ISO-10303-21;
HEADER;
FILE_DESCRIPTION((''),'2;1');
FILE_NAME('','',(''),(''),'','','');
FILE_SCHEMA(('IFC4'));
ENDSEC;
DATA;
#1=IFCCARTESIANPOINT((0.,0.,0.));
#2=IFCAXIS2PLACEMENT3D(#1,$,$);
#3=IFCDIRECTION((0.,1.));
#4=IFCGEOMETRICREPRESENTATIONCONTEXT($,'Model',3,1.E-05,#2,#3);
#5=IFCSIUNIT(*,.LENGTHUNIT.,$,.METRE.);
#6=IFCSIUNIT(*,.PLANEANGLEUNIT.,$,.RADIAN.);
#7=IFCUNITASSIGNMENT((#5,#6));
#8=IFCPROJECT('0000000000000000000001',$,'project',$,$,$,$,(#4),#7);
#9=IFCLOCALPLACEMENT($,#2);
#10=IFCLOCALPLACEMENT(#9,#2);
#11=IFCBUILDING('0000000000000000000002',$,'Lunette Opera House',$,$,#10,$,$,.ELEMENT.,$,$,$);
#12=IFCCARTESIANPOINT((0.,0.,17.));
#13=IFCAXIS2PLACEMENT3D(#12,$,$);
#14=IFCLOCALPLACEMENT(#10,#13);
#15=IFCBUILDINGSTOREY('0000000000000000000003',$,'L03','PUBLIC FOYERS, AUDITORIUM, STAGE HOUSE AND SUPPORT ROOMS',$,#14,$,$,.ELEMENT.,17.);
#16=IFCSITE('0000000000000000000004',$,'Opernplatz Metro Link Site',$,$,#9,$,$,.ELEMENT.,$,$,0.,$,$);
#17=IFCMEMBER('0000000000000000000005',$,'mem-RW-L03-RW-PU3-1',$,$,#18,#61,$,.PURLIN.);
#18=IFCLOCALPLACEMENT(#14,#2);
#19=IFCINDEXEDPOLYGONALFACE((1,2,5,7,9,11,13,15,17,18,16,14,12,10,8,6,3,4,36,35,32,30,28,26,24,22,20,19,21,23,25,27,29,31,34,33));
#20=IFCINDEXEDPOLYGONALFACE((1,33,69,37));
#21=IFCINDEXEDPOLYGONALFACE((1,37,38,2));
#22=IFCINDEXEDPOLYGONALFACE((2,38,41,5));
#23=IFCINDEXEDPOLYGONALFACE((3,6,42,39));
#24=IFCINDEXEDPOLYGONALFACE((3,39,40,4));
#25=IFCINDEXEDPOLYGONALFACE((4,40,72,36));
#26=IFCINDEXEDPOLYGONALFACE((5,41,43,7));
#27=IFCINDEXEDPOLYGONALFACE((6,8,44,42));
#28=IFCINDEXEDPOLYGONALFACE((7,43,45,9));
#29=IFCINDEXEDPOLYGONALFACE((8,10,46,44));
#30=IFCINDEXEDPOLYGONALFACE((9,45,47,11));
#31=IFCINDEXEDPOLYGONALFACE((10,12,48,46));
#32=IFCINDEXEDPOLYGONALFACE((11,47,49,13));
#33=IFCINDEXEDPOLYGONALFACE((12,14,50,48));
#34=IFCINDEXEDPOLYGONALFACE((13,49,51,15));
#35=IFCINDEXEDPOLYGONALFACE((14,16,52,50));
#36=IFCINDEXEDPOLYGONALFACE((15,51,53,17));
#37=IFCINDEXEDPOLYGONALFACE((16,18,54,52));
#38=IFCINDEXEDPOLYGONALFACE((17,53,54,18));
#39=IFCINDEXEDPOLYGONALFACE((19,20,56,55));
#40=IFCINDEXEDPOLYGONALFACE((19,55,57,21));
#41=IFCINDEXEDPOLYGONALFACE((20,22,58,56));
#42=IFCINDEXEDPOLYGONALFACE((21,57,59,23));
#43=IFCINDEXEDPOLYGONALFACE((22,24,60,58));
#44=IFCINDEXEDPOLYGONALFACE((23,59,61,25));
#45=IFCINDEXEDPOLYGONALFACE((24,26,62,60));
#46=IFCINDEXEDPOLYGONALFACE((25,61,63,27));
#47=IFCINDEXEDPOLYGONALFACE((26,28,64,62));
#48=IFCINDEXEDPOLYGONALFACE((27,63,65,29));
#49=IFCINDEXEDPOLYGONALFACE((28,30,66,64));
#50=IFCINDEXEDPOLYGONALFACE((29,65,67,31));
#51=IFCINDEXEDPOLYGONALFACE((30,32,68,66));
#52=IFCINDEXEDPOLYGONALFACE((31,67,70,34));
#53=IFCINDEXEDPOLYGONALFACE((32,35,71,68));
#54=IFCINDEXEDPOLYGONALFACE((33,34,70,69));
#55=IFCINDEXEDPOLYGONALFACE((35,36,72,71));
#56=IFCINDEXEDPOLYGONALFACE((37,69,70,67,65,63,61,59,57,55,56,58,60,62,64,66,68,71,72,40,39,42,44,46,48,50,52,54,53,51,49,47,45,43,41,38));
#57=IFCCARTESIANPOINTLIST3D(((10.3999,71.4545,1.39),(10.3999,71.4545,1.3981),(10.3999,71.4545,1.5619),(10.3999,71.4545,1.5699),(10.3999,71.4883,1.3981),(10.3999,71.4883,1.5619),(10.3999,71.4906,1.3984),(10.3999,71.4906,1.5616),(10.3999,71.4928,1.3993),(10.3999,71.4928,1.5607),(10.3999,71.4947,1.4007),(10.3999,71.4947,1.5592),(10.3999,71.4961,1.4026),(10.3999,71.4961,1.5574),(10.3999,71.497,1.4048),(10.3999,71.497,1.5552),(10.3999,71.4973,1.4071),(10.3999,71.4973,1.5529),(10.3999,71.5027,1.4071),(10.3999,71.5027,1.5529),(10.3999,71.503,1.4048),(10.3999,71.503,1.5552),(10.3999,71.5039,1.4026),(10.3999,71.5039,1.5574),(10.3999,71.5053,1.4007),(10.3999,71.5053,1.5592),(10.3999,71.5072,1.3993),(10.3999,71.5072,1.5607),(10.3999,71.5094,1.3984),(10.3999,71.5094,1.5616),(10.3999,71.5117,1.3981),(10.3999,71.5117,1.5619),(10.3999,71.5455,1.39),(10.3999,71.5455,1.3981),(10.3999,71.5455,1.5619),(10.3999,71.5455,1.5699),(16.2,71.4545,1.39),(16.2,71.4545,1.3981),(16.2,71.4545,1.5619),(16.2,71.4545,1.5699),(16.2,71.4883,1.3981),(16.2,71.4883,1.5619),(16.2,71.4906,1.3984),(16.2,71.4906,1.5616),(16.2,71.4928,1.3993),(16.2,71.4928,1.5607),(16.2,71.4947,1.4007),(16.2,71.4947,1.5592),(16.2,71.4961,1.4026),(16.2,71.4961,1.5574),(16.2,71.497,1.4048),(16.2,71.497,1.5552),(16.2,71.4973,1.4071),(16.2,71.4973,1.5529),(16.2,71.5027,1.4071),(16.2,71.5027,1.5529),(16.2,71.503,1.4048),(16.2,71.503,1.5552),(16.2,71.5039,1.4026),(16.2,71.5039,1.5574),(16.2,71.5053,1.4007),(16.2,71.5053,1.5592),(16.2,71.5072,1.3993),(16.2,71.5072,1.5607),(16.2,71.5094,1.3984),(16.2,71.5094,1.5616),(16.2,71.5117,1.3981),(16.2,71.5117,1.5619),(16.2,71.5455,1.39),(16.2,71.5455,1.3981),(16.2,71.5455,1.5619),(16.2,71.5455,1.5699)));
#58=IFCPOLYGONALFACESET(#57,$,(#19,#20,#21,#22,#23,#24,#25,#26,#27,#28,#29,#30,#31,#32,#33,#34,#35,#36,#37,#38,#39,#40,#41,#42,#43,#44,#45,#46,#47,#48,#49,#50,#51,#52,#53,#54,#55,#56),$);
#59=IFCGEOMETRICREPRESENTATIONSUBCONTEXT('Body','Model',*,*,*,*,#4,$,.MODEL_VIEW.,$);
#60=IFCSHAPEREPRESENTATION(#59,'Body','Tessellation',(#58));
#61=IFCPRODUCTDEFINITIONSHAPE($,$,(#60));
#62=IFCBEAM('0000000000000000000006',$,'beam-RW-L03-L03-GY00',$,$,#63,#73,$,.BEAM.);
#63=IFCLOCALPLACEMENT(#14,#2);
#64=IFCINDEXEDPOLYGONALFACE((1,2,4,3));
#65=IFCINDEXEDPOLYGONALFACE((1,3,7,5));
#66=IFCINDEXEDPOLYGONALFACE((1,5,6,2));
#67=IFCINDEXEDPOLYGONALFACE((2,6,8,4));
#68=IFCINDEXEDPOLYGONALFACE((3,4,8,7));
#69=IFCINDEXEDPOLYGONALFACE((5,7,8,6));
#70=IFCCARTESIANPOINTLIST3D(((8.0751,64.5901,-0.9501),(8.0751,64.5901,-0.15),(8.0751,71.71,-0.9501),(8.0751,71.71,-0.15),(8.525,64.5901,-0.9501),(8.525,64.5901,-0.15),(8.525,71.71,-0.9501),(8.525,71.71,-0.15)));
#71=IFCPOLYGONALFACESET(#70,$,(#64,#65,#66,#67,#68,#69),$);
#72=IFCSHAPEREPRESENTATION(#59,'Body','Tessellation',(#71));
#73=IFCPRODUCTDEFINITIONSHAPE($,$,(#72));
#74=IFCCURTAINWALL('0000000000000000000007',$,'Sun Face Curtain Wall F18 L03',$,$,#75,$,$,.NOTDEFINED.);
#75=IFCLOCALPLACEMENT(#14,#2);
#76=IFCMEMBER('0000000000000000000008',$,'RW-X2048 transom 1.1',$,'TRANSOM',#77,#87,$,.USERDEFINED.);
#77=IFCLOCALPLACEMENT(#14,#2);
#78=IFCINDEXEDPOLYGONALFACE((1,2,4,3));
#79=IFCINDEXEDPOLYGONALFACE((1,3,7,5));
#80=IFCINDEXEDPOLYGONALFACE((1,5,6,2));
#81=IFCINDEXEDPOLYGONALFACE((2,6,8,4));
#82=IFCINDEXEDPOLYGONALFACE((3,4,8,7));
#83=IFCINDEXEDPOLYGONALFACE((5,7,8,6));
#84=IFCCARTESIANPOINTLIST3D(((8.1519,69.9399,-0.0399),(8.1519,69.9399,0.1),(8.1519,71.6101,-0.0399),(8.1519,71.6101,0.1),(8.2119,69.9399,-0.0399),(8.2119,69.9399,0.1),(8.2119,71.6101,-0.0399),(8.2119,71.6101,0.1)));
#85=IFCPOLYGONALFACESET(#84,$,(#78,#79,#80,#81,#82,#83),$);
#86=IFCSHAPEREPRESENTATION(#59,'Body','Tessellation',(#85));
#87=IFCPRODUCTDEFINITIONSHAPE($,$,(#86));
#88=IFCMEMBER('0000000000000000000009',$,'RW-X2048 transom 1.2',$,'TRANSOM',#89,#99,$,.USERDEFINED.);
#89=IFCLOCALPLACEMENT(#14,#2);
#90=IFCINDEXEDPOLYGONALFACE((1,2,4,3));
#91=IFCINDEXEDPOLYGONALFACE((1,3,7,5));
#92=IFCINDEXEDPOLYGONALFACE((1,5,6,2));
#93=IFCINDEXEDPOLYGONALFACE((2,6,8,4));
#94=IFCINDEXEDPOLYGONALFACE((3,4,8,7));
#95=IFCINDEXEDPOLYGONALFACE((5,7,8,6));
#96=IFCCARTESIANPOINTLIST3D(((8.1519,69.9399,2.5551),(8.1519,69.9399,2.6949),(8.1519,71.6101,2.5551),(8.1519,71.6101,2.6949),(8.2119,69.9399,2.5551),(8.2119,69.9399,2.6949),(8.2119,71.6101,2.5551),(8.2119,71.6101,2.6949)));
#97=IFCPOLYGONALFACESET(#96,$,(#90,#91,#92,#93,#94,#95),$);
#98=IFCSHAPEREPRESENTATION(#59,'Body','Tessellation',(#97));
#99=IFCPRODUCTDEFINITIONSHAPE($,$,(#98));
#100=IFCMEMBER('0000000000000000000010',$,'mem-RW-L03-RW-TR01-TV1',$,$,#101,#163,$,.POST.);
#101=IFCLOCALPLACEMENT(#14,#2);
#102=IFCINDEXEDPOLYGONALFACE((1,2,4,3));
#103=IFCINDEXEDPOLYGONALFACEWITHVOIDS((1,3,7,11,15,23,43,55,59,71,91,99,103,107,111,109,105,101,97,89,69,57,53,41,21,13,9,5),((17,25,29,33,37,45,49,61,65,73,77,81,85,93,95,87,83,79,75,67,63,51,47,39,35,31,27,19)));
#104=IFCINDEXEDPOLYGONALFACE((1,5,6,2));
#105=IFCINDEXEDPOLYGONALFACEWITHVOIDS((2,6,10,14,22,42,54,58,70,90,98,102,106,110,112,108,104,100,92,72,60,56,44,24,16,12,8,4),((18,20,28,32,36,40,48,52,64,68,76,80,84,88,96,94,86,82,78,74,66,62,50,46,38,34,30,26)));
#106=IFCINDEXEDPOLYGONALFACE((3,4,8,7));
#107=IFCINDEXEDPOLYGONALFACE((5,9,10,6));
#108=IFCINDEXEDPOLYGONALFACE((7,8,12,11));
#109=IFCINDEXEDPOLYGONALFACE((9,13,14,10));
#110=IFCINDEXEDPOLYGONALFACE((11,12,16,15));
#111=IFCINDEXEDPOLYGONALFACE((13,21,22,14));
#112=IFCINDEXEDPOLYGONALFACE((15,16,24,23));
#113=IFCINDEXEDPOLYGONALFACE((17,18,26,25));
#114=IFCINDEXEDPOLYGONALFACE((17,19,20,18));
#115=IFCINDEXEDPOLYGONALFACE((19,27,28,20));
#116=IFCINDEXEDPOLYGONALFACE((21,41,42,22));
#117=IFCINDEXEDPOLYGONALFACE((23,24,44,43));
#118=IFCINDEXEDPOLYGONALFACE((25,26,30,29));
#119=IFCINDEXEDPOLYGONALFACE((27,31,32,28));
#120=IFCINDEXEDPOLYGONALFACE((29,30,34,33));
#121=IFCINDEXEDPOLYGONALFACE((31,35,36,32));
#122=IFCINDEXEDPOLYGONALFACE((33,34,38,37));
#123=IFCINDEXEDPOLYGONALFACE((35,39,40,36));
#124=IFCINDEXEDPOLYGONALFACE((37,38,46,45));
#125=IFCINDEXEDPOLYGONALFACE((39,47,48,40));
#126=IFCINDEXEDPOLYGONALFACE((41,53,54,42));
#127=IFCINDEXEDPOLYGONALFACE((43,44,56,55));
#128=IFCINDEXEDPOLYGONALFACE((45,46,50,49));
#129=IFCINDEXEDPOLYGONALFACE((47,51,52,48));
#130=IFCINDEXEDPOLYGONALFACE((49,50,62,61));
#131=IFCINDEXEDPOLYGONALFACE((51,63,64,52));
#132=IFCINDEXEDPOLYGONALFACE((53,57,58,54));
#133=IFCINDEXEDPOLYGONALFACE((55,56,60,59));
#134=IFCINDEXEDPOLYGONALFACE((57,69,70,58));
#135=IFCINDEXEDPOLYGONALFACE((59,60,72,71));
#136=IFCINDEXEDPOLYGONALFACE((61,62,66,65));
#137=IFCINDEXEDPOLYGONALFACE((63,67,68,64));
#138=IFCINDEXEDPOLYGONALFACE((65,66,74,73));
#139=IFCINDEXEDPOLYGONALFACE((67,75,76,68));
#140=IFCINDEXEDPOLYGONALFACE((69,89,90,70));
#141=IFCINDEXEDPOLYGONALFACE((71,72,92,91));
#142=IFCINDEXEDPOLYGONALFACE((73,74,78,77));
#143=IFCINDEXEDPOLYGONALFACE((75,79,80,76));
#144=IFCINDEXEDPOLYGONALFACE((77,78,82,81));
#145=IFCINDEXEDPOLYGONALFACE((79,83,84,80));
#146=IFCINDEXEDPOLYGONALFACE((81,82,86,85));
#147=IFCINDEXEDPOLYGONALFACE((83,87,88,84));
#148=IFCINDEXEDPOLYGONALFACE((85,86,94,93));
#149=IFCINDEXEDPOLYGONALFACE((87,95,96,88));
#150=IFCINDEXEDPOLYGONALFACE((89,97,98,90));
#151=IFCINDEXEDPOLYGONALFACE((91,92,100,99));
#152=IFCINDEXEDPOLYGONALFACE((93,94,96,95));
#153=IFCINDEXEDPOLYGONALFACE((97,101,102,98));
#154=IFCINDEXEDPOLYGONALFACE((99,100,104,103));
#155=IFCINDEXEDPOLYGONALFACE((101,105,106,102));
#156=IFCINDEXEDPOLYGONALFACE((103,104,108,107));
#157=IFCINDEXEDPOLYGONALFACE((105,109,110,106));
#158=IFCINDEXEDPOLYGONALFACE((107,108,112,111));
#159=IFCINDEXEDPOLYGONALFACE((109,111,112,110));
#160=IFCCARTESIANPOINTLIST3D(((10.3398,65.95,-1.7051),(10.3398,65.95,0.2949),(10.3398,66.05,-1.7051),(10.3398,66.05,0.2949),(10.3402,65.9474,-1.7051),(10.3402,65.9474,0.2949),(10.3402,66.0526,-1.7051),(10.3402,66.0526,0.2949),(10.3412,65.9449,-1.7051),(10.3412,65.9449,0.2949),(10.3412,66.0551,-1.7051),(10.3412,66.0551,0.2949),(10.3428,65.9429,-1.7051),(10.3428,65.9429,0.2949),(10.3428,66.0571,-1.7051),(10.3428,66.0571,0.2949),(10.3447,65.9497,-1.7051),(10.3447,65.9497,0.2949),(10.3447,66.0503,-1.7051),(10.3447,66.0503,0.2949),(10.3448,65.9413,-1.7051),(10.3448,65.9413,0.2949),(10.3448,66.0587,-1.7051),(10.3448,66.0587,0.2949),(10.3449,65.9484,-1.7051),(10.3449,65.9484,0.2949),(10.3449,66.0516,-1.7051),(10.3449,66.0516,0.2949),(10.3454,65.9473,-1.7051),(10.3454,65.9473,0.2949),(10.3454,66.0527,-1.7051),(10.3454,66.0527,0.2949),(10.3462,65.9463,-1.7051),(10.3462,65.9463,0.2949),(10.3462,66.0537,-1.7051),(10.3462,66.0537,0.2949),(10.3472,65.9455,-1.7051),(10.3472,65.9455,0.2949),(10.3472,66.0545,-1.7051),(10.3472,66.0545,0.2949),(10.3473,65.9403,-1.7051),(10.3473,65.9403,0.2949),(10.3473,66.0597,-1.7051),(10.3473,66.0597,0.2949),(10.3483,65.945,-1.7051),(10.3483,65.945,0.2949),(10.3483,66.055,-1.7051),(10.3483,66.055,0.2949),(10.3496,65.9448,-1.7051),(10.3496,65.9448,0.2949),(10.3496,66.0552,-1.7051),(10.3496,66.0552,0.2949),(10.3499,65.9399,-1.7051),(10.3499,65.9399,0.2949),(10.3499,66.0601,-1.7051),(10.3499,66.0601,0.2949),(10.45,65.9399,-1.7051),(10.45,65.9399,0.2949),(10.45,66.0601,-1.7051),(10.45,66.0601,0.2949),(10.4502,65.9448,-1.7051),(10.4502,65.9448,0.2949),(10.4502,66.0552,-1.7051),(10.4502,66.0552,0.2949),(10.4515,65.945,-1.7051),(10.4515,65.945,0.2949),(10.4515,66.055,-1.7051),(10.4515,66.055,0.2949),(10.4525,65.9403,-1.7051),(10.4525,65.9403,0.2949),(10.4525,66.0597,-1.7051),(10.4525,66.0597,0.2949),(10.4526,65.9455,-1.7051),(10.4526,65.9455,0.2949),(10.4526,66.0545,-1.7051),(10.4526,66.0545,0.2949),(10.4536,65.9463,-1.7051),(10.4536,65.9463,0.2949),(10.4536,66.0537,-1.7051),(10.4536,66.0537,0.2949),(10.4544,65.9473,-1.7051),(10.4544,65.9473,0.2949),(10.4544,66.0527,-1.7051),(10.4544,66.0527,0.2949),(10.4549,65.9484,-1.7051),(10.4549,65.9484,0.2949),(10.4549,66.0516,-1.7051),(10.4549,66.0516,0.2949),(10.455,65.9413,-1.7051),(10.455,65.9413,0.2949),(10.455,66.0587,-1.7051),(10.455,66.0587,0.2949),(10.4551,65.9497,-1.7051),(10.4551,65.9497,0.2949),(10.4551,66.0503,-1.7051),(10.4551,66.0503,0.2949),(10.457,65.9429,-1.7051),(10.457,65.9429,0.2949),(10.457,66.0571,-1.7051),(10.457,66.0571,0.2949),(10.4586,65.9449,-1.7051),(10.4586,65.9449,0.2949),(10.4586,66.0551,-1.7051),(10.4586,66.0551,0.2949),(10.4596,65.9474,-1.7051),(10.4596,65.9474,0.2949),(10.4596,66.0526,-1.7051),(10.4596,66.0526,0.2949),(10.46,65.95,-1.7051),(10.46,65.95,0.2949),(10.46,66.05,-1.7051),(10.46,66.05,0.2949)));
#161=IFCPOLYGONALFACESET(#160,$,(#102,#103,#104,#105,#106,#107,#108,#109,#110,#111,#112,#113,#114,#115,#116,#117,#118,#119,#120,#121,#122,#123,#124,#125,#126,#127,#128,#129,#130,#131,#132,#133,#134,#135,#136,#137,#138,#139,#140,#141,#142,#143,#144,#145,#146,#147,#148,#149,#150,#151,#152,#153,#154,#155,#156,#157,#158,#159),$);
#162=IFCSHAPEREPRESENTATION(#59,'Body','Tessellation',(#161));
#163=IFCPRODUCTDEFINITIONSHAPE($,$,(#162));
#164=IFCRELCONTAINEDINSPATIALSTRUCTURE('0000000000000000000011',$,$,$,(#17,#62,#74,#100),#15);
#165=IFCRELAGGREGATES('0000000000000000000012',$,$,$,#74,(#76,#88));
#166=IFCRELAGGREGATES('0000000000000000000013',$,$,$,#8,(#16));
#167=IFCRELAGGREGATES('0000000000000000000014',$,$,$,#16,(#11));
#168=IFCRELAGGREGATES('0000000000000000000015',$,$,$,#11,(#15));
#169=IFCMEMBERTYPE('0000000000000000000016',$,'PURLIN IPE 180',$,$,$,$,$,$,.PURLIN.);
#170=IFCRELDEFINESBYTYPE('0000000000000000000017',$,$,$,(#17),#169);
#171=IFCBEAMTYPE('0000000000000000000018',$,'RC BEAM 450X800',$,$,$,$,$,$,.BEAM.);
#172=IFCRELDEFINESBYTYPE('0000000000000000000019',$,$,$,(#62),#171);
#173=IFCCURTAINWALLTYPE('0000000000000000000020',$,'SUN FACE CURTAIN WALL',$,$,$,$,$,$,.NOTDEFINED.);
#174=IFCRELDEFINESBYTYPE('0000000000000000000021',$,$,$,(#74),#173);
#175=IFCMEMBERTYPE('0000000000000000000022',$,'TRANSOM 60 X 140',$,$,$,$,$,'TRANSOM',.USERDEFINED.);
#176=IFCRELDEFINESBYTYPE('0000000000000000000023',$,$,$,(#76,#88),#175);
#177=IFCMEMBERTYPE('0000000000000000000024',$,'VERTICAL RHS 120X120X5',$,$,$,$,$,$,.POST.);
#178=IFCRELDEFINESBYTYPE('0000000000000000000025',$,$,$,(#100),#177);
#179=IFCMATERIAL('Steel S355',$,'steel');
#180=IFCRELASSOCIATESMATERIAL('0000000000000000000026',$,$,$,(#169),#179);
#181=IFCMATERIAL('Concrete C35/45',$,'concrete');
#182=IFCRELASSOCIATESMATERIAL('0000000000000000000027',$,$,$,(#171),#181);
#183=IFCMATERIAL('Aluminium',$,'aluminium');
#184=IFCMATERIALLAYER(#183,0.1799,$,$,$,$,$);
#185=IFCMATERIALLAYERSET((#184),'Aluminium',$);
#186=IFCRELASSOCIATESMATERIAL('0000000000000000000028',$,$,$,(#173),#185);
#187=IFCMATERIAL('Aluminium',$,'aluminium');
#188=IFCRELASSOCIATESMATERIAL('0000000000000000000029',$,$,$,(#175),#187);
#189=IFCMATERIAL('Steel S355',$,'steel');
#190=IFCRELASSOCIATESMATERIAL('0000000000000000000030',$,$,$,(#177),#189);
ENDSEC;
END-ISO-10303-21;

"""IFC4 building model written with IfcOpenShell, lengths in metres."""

from ifc_helpers import new_model, si_unit, direction, frame, origin, origin_2d, place, context, subcontext, project, spatial, rectangle, hollow_rectangle, i_section, extrude, material, layer, layer_set, material_profile, profile_set, type_object, element, aggregate, save


model = new_model("IFC4")

# Units and contexts
model_context = context("Model", 3, precision=1e-05, world=origin(), true_north=direction((0.0, 1.0)))
body_context = subcontext(model_context, "Body", "Model", "MODEL_VIEW")
ifc_project = project(units=[si_unit("LENGTHUNIT", "METRE"), si_unit("PLANEANGLEUNIT", "RADIAN")], contexts=[model_context])

# Site, building, storey
site_placement = place(None, origin())
site = spatial("IfcSite", under=ifc_project, at=site_placement, Name="Opernplatz Metro Link Site", CompositionType="ELEMENT", RefElevation=0.0)
building_placement = place(site_placement, origin())
building = spatial("IfcBuilding", under=site, at=building_placement, Name="Lunette Opera House", CompositionType="ELEMENT")
storey_placement = place(building_placement, frame((0.0, 0.0, 17.0)))
storey = spatial("IfcBuildingStorey", under=building, at=storey_placement, Name="L03", Description="PUBLIC FOYERS, AUDITORIUM, STAGE HOUSE AND SUPPORT ROOMS", CompositionType="ELEMENT", Elevation=17.0)

# Member
ifc_material_1 = material(Name="Steel S355", Category="steel")
ifc_material_profile_1 = material_profile(ifc_material_1, i_section(OverallWidth=0.0911, OverallDepth=0.1799, WebThickness=0.0054, FlangeThickness=0.0081, FilletRadius=0.009, at=origin_2d()), Name="IPE 180")
ifc_profile_set_1 = profile_set([ifc_material_profile_1], Name="Steel S355")
member_type_1 = type_object("IfcMemberType", Name="PURLIN IPE 180", PredefinedType="PURLIN", material=ifc_profile_set_1)
for number, where, z_axis, x_axis, name in (
    (1, (10.3999, 71.5, 1.48), (1.0, 0.0, 0.0), (0.0, 1.0, 0.0), "mem-RW-L03-RW-PU3-1"),
):
    element("IfcMember", number, at=place(storey_placement, frame(where, z_axis=z_axis, x_axis=x_axis)), inside=storey, type_object=member_type_1, Name=name, PredefinedType="PURLIN", context=body_context, shape_type="SweptSolid", body=[
        extrude(i_section(OverallWidth=0.0911, OverallDepth=0.1799, WebThickness=0.0054, FlangeThickness=0.0081, FilletRadius=0.009, at=origin_2d()), origin(), (0.0, 0.0, 1.0), 5.8),
    ])

# Beam
ifc_material_2 = material(Name="Concrete C35/45", Category="concrete")
ifc_material_profile_2 = material_profile(ifc_material_2, rectangle(XDim=0.45, YDim=0.8, at=origin_2d()), Name="RC BEAM 450X800")
ifc_profile_set_2 = profile_set([ifc_material_profile_2], Name="Concrete C35/45")
beam_type = type_object("IfcBeamType", Name="RC BEAM 450X800", PredefinedType="BEAM", material=ifc_profile_set_2)
beam_placement = place(storey_placement, frame((8.3, 64.5901, -0.55), z_axis=(0.0, 1.0, 0.0), x_axis=(-1.0, 0.0, 0.0)))
element("IfcBeam", 2, at=beam_placement, inside=storey, type_object=beam_type, Name="beam-RW-L03-L03-GY00", PredefinedType="BEAM", context=body_context, shape_type="SweptSolid", body=[
    extrude(rectangle(XDim=0.45, YDim=0.8, at=origin_2d()), origin(), (0.0, 0.0, 1.0), 7.1199),
])

# Curtain wall, members
ifc_material_3 = material(Name="Aluminium", Category="aluminium")
ifc_layer_1 = layer(ifc_material_3, 0.1799)
ifc_layer_set_1 = layer_set([ifc_layer_1], Name="Aluminium")
curtain_wall_type = type_object("IfcCurtainWallType", Name="SUN FACE CURTAIN WALL", PredefinedType="NOTDEFINED", material=ifc_layer_set_1)
curtain_wall_placement = place(storey_placement, origin())
curtain_wall = element("IfcCurtainWall", 3, at=curtain_wall_placement, inside=storey, type_object=curtain_wall_type, Name="Sun Face Curtain Wall F18 L03", PredefinedType="NOTDEFINED")
ifc_material_4 = material(Name="Aluminium", Category="aluminium")
ifc_material_profile_3 = material_profile(ifc_material_4, rectangle(XDim=0.0601, YDim=0.1399, at=origin_2d()), Name="TRANSOM 60 X 140")
ifc_profile_set_3 = profile_set([ifc_material_profile_3], Name="Aluminium")
member_type_2 = type_object("IfcMemberType", Name="TRANSOM 60 X 140", ElementType="TRANSOM", PredefinedType="USERDEFINED", material=ifc_profile_set_3)
member_1_placement = place(storey_placement, frame((8.1819, 71.6101, 0.03), z_axis=(0.0, -1.0, 0.0), x_axis=(1.0, 0.0, 0.0)))
member_1 = element("IfcMember", 4, at=member_1_placement, type_object=member_type_2, Name="RW-X2048 transom 1.1", ObjectType="TRANSOM", PredefinedType="USERDEFINED", context=body_context, shape_type="SweptSolid", body=[
    extrude(rectangle(XDim=0.0601, YDim=0.1399, at=origin_2d()), origin(), (0.0, 0.0, 1.0), 1.6702),
])
member_2_placement = place(storey_placement, frame((8.1819, 71.6101, 2.625), z_axis=(0.0, -1.0, 0.0), x_axis=(1.0, 0.0, 0.0)))
member_2 = element("IfcMember", 5, at=member_2_placement, type_object=member_type_2, Name="RW-X2048 transom 1.2", ObjectType="TRANSOM", PredefinedType="USERDEFINED", context=body_context, shape_type="SweptSolid", body=[
    extrude(rectangle(XDim=0.0601, YDim=0.1399, at=origin_2d()), origin(), (0.0, 0.0, 1.0), 1.6702),
])

# Member
ifc_material_5 = material(Name="Steel S355", Category="steel")
ifc_material_profile_4 = material_profile(ifc_material_5, hollow_rectangle(XDim=0.1201, YDim=0.1201, WallThickness=0.0049, InnerFilletRadius=0.0049, OuterFilletRadius=0.01, at=origin_2d()), Name="RHS 120X120X5")
ifc_profile_set_4 = profile_set([ifc_material_profile_4], Name="Steel S355")
member_type_3 = type_object("IfcMemberType", Name="VERTICAL RHS 120X120X5", PredefinedType="POST", material=ifc_profile_set_4)
for number, where, z_axis, x_axis, name in (
    (6, (10.3999, 66.0, -1.7051), (0.0, 0.0, 1.0), (1.0, 0.0, 0.0), "mem-RW-L03-RW-TR01-TV1"),
):
    element("IfcMember", number, at=place(storey_placement, frame(where, z_axis=z_axis, x_axis=x_axis)), inside=storey, type_object=member_type_3, Name=name, PredefinedType="POST", context=body_context, shape_type="SweptSolid", body=[
        extrude(hollow_rectangle(XDim=0.1201, YDim=0.1201, WallThickness=0.0049, InnerFilletRadius=0.0049, OuterFilletRadius=0.01, at=origin_2d()), origin(), (0.0, 0.0, 1.0), 2.0),
    ])

aggregate(curtain_wall, [member_1, member_2])

save(model, "model.ifc")
